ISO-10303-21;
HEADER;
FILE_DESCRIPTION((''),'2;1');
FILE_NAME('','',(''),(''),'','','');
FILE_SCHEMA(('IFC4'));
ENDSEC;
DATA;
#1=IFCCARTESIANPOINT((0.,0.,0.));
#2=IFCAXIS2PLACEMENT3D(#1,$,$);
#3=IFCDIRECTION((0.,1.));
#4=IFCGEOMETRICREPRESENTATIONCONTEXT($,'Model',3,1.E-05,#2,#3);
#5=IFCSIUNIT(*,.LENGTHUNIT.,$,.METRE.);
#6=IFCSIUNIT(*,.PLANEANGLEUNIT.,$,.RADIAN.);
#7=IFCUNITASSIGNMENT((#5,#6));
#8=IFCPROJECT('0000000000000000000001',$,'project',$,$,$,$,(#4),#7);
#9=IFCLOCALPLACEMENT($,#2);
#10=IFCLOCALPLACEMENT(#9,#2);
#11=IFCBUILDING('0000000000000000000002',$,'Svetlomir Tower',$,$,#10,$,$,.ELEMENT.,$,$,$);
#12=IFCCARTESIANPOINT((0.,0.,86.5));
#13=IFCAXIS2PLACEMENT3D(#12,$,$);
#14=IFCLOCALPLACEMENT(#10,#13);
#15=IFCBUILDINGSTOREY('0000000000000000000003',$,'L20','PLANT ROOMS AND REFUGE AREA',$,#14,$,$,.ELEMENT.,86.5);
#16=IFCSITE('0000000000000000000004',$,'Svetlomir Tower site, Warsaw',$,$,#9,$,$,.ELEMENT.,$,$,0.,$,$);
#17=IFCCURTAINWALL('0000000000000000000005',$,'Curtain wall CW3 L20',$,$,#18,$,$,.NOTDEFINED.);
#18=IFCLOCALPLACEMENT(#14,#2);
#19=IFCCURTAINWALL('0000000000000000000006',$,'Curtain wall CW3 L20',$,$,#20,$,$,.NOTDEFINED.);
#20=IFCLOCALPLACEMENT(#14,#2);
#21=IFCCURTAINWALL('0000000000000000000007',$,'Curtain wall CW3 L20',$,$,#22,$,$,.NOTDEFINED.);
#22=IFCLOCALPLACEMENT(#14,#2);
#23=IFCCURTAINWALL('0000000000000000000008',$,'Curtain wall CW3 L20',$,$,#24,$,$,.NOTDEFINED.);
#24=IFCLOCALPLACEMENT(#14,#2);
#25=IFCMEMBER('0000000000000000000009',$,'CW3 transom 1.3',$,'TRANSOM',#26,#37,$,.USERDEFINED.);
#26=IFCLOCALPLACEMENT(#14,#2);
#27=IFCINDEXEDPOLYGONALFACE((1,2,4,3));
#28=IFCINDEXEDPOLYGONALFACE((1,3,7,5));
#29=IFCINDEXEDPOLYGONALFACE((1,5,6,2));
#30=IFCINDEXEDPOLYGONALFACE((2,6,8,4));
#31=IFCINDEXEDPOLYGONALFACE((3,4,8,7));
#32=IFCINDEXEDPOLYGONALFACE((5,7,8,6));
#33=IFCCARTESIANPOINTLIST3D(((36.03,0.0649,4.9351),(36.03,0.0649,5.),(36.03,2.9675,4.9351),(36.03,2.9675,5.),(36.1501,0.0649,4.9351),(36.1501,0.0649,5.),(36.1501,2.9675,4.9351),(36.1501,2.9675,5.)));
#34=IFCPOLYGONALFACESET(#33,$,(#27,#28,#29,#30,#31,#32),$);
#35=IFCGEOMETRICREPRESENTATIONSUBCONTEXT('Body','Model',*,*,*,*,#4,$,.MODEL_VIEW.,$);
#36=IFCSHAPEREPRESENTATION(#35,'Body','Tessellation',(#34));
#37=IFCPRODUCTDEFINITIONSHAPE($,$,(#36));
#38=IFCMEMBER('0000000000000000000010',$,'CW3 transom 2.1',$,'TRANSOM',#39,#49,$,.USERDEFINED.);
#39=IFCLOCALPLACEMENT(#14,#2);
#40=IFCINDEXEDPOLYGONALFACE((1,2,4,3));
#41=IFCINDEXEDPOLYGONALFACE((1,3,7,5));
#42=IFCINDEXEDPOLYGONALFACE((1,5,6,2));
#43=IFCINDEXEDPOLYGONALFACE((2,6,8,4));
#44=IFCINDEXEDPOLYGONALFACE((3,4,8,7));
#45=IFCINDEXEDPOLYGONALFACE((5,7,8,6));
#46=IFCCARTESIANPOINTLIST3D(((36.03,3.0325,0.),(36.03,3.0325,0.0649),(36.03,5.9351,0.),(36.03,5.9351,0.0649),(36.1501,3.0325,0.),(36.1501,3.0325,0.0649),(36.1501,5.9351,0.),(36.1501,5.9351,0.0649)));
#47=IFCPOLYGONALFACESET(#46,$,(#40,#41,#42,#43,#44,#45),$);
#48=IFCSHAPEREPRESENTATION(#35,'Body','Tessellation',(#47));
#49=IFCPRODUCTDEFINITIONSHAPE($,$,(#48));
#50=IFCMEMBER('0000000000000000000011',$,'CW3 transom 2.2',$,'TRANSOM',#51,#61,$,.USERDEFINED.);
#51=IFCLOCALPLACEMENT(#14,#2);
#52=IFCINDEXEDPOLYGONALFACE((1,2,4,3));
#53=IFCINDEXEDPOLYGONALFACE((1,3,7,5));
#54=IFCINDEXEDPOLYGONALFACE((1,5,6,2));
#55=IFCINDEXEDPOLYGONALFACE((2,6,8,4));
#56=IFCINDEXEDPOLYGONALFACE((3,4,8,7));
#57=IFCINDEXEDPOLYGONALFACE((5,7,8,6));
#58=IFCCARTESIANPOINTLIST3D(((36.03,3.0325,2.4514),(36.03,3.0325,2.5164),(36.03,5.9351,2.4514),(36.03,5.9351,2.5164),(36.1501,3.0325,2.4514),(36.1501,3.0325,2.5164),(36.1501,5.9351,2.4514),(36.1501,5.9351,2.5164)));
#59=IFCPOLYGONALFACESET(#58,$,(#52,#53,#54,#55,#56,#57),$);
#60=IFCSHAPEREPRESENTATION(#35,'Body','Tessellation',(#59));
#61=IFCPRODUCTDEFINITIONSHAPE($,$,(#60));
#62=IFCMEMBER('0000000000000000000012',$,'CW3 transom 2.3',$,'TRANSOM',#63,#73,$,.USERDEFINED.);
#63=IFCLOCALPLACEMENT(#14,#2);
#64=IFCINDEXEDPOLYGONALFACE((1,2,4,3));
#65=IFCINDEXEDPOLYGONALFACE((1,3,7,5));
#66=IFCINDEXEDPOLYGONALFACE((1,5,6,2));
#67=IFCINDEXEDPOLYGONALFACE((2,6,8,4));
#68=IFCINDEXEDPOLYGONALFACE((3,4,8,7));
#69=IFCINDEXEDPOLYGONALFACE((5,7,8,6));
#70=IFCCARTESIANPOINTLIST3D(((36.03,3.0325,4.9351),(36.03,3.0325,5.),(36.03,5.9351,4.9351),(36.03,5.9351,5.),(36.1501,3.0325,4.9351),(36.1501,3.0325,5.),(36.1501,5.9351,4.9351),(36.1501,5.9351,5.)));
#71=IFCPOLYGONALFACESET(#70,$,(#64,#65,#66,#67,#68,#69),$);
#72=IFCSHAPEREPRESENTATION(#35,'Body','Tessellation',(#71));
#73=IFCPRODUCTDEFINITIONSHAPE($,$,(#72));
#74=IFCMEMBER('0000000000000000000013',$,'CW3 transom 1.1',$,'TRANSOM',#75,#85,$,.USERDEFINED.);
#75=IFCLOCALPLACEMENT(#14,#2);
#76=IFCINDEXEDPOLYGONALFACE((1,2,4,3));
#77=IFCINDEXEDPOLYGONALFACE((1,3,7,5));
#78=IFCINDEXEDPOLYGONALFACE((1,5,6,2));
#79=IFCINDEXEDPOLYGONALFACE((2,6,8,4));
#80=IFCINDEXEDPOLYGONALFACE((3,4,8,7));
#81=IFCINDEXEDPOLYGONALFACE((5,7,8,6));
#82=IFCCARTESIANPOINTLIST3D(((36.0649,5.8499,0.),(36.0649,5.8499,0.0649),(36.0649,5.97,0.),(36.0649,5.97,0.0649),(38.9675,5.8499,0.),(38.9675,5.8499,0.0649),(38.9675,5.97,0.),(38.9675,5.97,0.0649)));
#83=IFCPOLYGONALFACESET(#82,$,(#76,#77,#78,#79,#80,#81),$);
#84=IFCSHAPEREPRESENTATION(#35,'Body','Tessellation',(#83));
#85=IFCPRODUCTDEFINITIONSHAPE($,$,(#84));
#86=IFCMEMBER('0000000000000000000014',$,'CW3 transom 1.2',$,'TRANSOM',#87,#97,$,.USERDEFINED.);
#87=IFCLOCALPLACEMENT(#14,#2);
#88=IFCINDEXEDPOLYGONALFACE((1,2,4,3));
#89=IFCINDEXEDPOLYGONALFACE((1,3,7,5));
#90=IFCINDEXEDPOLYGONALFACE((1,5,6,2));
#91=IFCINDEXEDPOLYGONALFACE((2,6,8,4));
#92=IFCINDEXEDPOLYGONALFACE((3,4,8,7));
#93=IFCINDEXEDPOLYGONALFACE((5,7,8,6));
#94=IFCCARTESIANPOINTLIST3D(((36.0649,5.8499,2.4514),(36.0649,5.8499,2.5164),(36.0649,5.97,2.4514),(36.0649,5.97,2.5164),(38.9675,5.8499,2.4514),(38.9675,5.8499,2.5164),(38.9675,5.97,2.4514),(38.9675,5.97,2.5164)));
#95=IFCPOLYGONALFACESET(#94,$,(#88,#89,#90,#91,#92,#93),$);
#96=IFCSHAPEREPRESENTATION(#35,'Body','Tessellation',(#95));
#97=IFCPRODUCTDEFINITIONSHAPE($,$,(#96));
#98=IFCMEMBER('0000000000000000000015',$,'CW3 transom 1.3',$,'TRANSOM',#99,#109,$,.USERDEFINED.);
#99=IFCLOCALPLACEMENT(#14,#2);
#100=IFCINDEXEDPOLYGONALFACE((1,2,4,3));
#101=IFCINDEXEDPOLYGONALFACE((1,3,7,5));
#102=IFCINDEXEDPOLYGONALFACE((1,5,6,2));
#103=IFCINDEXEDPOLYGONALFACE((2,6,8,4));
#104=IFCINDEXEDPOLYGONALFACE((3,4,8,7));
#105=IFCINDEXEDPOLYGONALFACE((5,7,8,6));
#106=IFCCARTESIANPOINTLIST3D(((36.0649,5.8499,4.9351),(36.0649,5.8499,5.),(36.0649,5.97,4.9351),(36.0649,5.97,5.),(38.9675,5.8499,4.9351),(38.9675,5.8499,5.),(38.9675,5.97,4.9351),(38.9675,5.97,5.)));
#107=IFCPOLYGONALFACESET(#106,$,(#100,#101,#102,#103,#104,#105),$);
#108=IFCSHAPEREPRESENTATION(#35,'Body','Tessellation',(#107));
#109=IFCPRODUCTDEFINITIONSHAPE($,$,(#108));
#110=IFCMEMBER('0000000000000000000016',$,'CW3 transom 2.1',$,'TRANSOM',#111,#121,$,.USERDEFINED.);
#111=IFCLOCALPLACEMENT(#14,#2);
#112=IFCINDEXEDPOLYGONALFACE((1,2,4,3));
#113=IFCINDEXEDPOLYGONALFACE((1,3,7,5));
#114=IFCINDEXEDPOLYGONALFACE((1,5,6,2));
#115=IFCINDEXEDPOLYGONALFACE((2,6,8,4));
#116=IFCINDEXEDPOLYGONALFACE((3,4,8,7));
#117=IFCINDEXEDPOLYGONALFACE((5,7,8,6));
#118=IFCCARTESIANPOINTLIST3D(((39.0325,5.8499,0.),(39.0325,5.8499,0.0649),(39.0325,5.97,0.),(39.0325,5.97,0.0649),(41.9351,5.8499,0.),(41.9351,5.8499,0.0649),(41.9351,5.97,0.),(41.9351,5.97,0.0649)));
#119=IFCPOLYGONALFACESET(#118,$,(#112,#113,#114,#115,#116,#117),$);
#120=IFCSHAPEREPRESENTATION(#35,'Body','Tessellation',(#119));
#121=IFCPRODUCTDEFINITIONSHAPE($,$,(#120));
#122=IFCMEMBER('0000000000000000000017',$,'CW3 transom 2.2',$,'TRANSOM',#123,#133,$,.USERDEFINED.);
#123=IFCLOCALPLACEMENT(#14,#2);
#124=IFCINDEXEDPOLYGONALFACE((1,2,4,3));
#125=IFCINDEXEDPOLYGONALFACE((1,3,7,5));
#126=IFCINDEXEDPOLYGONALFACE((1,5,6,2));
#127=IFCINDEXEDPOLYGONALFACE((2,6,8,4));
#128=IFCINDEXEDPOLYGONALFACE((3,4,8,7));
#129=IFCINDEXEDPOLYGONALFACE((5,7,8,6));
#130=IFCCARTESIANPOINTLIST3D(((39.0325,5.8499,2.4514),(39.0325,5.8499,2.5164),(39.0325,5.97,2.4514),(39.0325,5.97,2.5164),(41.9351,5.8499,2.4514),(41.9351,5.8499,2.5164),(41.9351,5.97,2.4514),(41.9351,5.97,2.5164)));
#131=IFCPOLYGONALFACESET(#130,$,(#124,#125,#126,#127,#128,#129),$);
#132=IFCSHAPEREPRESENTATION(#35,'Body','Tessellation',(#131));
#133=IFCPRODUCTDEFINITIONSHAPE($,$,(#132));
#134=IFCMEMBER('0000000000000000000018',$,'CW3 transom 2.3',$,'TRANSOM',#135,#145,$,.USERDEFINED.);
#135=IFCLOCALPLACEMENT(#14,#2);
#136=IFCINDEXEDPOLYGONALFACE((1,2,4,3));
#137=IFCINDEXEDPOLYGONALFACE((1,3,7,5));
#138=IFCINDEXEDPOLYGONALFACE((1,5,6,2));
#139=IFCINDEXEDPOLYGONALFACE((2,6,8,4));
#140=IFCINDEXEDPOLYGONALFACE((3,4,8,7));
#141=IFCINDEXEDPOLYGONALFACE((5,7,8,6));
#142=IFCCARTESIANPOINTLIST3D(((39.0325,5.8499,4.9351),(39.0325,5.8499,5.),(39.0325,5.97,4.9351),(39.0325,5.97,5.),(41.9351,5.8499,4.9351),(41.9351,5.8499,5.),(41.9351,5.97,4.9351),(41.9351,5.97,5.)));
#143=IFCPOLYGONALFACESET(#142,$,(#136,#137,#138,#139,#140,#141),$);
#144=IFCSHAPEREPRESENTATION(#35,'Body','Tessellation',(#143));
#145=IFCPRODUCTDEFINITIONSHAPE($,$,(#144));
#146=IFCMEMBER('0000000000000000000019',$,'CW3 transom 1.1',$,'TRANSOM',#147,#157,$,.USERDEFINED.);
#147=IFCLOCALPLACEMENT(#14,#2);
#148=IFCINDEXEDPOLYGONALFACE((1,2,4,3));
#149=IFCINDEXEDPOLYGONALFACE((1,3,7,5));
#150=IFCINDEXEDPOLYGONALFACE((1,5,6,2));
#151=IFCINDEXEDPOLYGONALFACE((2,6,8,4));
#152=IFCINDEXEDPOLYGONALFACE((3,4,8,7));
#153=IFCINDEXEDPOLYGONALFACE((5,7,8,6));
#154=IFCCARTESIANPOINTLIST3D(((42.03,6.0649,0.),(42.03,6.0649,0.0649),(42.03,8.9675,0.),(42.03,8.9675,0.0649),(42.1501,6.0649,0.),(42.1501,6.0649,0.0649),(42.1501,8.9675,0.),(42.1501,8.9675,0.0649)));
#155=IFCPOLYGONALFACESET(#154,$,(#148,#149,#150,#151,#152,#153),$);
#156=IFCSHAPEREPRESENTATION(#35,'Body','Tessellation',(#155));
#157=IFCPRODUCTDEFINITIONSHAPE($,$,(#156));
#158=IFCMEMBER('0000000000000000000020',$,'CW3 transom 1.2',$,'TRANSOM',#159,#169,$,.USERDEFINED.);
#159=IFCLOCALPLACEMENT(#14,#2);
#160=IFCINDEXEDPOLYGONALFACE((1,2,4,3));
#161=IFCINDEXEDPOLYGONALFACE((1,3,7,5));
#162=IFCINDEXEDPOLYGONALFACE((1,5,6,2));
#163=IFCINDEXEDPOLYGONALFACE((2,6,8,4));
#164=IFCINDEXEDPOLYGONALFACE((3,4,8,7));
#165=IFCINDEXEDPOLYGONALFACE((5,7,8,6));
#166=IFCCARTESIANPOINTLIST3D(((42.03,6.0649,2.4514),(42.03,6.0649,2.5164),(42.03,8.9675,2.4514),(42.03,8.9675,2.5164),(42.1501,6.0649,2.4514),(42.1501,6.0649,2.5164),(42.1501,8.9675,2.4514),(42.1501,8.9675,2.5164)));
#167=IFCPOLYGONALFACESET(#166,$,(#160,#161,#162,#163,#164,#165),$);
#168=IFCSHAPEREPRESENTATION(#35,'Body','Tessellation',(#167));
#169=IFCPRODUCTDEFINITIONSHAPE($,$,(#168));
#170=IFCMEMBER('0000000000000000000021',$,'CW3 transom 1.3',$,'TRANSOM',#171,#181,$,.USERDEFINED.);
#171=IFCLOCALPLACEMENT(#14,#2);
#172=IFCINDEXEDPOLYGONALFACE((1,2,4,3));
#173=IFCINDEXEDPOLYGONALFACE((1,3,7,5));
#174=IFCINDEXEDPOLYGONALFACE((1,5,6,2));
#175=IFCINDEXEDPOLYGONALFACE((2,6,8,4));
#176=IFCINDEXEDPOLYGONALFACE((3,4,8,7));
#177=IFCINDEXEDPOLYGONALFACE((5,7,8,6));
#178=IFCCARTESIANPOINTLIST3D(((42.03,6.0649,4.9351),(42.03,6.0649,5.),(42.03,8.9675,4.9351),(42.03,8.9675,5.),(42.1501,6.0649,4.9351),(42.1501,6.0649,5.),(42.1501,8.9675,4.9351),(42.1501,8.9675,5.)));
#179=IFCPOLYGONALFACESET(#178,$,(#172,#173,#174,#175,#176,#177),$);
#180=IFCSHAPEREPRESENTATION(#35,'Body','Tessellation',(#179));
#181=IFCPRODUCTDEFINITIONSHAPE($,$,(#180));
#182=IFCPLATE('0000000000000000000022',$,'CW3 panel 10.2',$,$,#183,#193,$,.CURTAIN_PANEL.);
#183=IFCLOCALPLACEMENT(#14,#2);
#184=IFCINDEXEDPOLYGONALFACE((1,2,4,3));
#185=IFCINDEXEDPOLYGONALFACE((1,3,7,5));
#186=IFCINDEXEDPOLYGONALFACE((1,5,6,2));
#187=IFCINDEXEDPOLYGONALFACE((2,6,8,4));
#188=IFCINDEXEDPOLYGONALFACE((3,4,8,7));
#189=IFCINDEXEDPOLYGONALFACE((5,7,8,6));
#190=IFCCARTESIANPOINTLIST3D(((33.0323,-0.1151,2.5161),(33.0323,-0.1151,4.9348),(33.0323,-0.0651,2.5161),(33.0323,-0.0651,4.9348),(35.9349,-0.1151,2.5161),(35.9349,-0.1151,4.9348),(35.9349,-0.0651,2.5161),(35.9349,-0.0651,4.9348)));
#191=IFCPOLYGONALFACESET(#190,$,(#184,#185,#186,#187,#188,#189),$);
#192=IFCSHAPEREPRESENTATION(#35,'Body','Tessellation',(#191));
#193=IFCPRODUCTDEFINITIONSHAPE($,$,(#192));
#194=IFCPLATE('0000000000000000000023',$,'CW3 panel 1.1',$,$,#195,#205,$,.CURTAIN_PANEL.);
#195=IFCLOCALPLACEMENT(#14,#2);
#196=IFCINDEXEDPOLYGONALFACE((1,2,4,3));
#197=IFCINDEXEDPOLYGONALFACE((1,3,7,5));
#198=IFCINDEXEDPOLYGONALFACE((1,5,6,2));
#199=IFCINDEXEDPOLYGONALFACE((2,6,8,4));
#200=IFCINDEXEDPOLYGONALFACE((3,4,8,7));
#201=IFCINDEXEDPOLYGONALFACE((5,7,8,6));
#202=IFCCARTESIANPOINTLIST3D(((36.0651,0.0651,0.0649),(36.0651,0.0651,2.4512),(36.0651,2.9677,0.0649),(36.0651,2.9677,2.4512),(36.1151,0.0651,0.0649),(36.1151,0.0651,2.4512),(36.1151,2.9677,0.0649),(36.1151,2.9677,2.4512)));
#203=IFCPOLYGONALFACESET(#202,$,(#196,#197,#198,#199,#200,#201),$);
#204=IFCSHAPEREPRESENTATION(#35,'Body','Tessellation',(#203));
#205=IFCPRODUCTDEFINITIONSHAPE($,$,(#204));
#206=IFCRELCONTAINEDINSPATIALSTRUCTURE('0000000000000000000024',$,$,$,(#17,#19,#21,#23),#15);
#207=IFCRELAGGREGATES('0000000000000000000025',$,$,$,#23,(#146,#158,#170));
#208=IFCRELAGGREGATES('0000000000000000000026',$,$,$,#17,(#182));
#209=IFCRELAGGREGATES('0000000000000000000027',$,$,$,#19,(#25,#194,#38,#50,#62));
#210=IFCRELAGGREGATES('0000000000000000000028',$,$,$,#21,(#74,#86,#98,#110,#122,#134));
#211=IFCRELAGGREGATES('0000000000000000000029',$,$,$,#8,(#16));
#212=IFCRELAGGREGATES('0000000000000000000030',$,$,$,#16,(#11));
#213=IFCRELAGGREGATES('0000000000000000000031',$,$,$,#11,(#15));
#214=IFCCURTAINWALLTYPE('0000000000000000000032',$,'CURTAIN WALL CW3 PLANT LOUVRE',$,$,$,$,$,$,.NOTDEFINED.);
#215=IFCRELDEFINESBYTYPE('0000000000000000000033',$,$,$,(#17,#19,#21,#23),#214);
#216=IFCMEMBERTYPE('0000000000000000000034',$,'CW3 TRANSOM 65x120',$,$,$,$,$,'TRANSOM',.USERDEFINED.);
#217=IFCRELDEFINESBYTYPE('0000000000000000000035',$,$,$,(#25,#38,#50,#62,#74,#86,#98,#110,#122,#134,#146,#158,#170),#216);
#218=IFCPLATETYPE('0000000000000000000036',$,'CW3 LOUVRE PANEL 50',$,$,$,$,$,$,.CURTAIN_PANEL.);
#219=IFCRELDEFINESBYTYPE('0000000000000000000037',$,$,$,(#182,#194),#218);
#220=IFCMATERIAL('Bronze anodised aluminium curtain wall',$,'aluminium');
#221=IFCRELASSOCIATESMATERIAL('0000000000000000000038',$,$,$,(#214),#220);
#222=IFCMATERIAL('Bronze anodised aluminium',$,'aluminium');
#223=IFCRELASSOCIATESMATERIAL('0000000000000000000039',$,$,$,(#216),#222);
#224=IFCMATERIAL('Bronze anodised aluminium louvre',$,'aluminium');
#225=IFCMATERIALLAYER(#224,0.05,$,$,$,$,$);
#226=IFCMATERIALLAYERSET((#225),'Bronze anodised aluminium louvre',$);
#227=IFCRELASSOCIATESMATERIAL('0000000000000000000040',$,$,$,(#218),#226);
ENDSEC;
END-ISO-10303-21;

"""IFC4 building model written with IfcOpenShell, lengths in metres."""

from ifc_helpers import new_model, si_unit, direction, frame, origin, origin_2d, place, context, subcontext, project, spatial, rectangle, extrude, material, layer, layer_set, material_profile, profile_set, type_object, element, aggregate, save


model = new_model("IFC4")

# Units and contexts
model_context = context("Model", 3, precision=1e-05, world=origin(), true_north=direction((0.0, 1.0)))
body_context = subcontext(model_context, "Body", "Model", "MODEL_VIEW")
ifc_project = project(units=[si_unit("LENGTHUNIT", "METRE"), si_unit("PLANEANGLEUNIT", "RADIAN")], contexts=[model_context])

# Site, building, storey
site_placement = place(None, origin())
site = spatial("IfcSite", under=ifc_project, at=site_placement, Name="Svetlomir Tower site, Warsaw", CompositionType="ELEMENT", RefElevation=0.0)
building_placement = place(site_placement, origin())
building = spatial("IfcBuilding", under=site, at=building_placement, Name="Svetlomir Tower", CompositionType="ELEMENT")
storey_placement = place(building_placement, frame((0.0, 0.0, 86.5)))
storey = spatial("IfcBuildingStorey", under=building, at=storey_placement, Name="L20", Description="PLANT ROOMS AND REFUGE AREA", CompositionType="ELEMENT", Elevation=86.5)

# Curtain wall
ifc_material_1 = material(Name="Bronze anodised aluminium curtain wall", Category="aluminium")
curtain_wall_type = type_object("IfcCurtainWallType", Name="CURTAIN WALL CW3 PLANT LOUVRE", PredefinedType="NOTDEFINED", material=ifc_material_1)
curtain_wall_1_placement = place(storey_placement, origin())
curtain_wall_1 = element("IfcCurtainWall", 1, at=curtain_wall_1_placement, inside=storey, type_object=curtain_wall_type, Name="Curtain wall CW3 L20", PredefinedType="NOTDEFINED")

# Curtain walls
curtain_wall_2_placement = place(storey_placement, origin())
curtain_wall_2 = element("IfcCurtainWall", 2, at=curtain_wall_2_placement, inside=storey, type_object=curtain_wall_type, Name="Curtain wall CW3 L20", PredefinedType="NOTDEFINED")
curtain_wall_3_placement = place(storey_placement, origin())
curtain_wall_3 = element("IfcCurtainWall", 3, at=curtain_wall_3_placement, inside=storey, type_object=curtain_wall_type, Name="Curtain wall CW3 L20", PredefinedType="NOTDEFINED")

# Curtain wall
curtain_wall_4_placement = place(storey_placement, origin())
curtain_wall_4 = element("IfcCurtainWall", 4, at=curtain_wall_4_placement, inside=storey, type_object=curtain_wall_type, Name="Curtain wall CW3 L20", PredefinedType="NOTDEFINED")

# Members
ifc_material_2 = material(Name="Bronze anodised aluminium", Category="aluminium")
ifc_material_profile_1 = material_profile(ifc_material_2, rectangle(XDim=0.1201, YDim=0.0649, at=origin_2d()), Name="AL 120x65")
ifc_profile_set_1 = profile_set([ifc_material_profile_1], Name="Bronze anodised aluminium 6063-T6")
member_type_1 = type_object("IfcMemberType", Name="CW3 TRANSOM 65x120", ElementType="TRANSOM", PredefinedType="USERDEFINED", material=ifc_profile_set_1)
member_1_placement = place(storey_placement, frame((36.0901, 0.0649, 4.9675), z_axis=(0.0, 1.0, 0.0), x_axis=(-1.0, 0.0, 0.0)))
member_1 = element("IfcMember", 5, at=member_1_placement, type_object=member_type_1, Name="CW3 transom 1.3", ObjectType="TRANSOM", PredefinedType="USERDEFINED", context=body_context, shape_type="SweptSolid", body=[
    extrude(rectangle(XDim=0.1201, YDim=0.0649, at=origin_2d()), origin(), (0.0, 0.0, 1.0), 2.9026),
])
member_2_placement = place(storey_placement, frame((36.0901, 3.0325, 0.0325), z_axis=(0.0, 1.0, 0.0), x_axis=(-1.0, 0.0, 0.0)))
member_2 = element("IfcMember", 6, at=member_2_placement, type_object=member_type_1, Name="CW3 transom 2.1", ObjectType="TRANSOM", PredefinedType="USERDEFINED", context=body_context, shape_type="SweptSolid", body=[
    extrude(rectangle(XDim=0.1201, YDim=0.0649, at=origin_2d()), origin(), (0.0, 0.0, 1.0), 2.9026),
])
member_3_placement = place(storey_placement, frame((36.0901, 3.0325, 2.4839), z_axis=(0.0, 1.0, 0.0), x_axis=(-1.0, 0.0, 0.0)))
member_3 = element("IfcMember", 7, at=member_3_placement, type_object=member_type_1, Name="CW3 transom 2.2", ObjectType="TRANSOM", PredefinedType="USERDEFINED", context=body_context, shape_type="SweptSolid", body=[
    extrude(rectangle(XDim=0.1201, YDim=0.0649, at=origin_2d()), origin(), (0.0, 0.0, 1.0), 2.9026),
])
member_4_placement = place(storey_placement, frame((36.0901, 3.0325, 4.9675), z_axis=(0.0, 1.0, 0.0), x_axis=(-1.0, 0.0, 0.0)))
member_4 = element("IfcMember", 8, at=member_4_placement, type_object=member_type_1, Name="CW3 transom 2.3", ObjectType="TRANSOM", PredefinedType="USERDEFINED", context=body_context, shape_type="SweptSolid", body=[
    extrude(rectangle(XDim=0.1201, YDim=0.0649, at=origin_2d()), origin(), (0.0, 0.0, 1.0), 2.9026),
])
member_5_placement = place(storey_placement, frame((36.0649, 5.9099, 0.0325), z_axis=(1.0, 0.0, 0.0), x_axis=(0.0, 1.0, 0.0)))
member_5 = element("IfcMember", 9, at=member_5_placement, type_object=member_type_1, Name="CW3 transom 1.1", ObjectType="TRANSOM", PredefinedType="USERDEFINED", context=body_context, shape_type="SweptSolid", body=[
    extrude(rectangle(XDim=0.1201, YDim=0.0649, at=origin_2d()), origin(), (0.0, 0.0, 1.0), 2.9026),
])
member_6_placement = place(storey_placement, frame((36.0649, 5.9099, 2.4839), z_axis=(1.0, 0.0, 0.0), x_axis=(0.0, 1.0, 0.0)))
member_6 = element("IfcMember", 10, at=member_6_placement, type_object=member_type_1, Name="CW3 transom 1.2", ObjectType="TRANSOM", PredefinedType="USERDEFINED", context=body_context, shape_type="SweptSolid", body=[
    extrude(rectangle(XDim=0.1201, YDim=0.0649, at=origin_2d()), origin(), (0.0, 0.0, 1.0), 2.9026),
])
member_7_placement = place(storey_placement, frame((36.0649, 5.9099, 4.9675), z_axis=(1.0, 0.0, 0.0), x_axis=(0.0, 1.0, 0.0)))
member_7 = element("IfcMember", 11, at=member_7_placement, type_object=member_type_1, Name="CW3 transom 1.3", ObjectType="TRANSOM", PredefinedType="USERDEFINED", context=body_context, shape_type="SweptSolid", body=[
    extrude(rectangle(XDim=0.1201, YDim=0.0649, at=origin_2d()), origin(), (0.0, 0.0, 1.0), 2.9026),
])
member_8_placement = place(storey_placement, frame((39.0325, 5.9099, 0.0325), z_axis=(1.0, 0.0, 0.0), x_axis=(0.0, 1.0, 0.0)))
member_8 = element("IfcMember", 12, at=member_8_placement, type_object=member_type_1, Name="CW3 transom 2.1", ObjectType="TRANSOM", PredefinedType="USERDEFINED", context=body_context, shape_type="SweptSolid", body=[
    extrude(rectangle(XDim=0.1201, YDim=0.0649, at=origin_2d()), origin(), (0.0, 0.0, 1.0), 2.9026),
])
member_9_placement = place(storey_placement, frame((39.0325, 5.9099, 2.4839), z_axis=(1.0, 0.0, 0.0), x_axis=(0.0, 1.0, 0.0)))
member_9 = element("IfcMember", 13, at=member_9_placement, type_object=member_type_1, Name="CW3 transom 2.2", ObjectType="TRANSOM", PredefinedType="USERDEFINED", context=body_context, shape_type="SweptSolid", body=[
    extrude(rectangle(XDim=0.1201, YDim=0.0649, at=origin_2d()), origin(), (0.0, 0.0, 1.0), 2.9026),
])
member_10_placement = place(storey_placement, frame((39.0325, 5.9099, 4.9675), z_axis=(1.0, 0.0, 0.0), x_axis=(0.0, 1.0, 0.0)))
member_10 = element("IfcMember", 14, at=member_10_placement, type_object=member_type_1, Name="CW3 transom 2.3", ObjectType="TRANSOM", PredefinedType="USERDEFINED", context=body_context, shape_type="SweptSolid", body=[
    extrude(rectangle(XDim=0.1201, YDim=0.0649, at=origin_2d()), origin(), (0.0, 0.0, 1.0), 2.9026),
])
member_11_placement = place(storey_placement, frame((42.0901, 6.0649, 0.0325), z_axis=(0.0, 1.0, 0.0), x_axis=(-1.0, 0.0, 0.0)))
member_11 = element("IfcMember", 15, at=member_11_placement, type_object=member_type_1, Name="CW3 transom 1.1", ObjectType="TRANSOM", PredefinedType="USERDEFINED", context=body_context, shape_type="SweptSolid", body=[
    extrude(rectangle(XDim=0.1201, YDim=0.0649, at=origin_2d()), origin(), (0.0, 0.0, 1.0), 2.9026),
])
member_12_placement = place(storey_placement, frame((42.0901, 6.0649, 2.4839), z_axis=(0.0, 1.0, 0.0), x_axis=(-1.0, 0.0, 0.0)))
member_12 = element("IfcMember", 16, at=member_12_placement, type_object=member_type_1, Name="CW3 transom 1.2", ObjectType="TRANSOM", PredefinedType="USERDEFINED", context=body_context, shape_type="SweptSolid", body=[
    extrude(rectangle(XDim=0.1201, YDim=0.0649, at=origin_2d()), origin(), (0.0, 0.0, 1.0), 2.9026),
])
member_13_placement = place(storey_placement, frame((42.0901, 6.0649, 4.9675), z_axis=(0.0, 1.0, 0.0), x_axis=(-1.0, 0.0, 0.0)))
member_13 = element("IfcMember", 17, at=member_13_placement, type_object=member_type_1, Name="CW3 transom 1.3", ObjectType="TRANSOM", PredefinedType="USERDEFINED", context=body_context, shape_type="SweptSolid", body=[
    extrude(rectangle(XDim=0.1201, YDim=0.0649, at=origin_2d()), origin(), (0.0, 0.0, 1.0), 2.9026),
])
aggregate(curtain_wall_4, [member_11, member_12, member_13])

# Plates
ifc_material_3 = material(Name="Bronze anodised aluminium louvre", Category="aluminium")
ifc_layer = layer(ifc_material_3, 0.05)
ifc_layer_set = layer_set([ifc_layer], Name="Bronze anodised aluminium louvre")
plate_type = type_object("IfcPlateType", Name="CW3 LOUVRE PANEL 50", PredefinedType="CURTAIN_PANEL", material=ifc_layer_set)
plate_1_placement = place(storey_placement, frame((34.4836, -0.0901, 2.5161), z_axis=(0.0, 0.0, 1.0), x_axis=(1.0, 0.0, 0.0)))
plate_1 = element("IfcPlate", 18, at=plate_1_placement, type_object=plate_type, Name="CW3 panel 10.2", PredefinedType="CURTAIN_PANEL", context=body_context, shape_type="SweptSolid", body=[
    extrude(rectangle(XDim=2.9026, YDim=0.05, at=origin_2d()), origin(), (0.0, 0.0, 1.0), 2.4187),
])
aggregate(curtain_wall_1, [plate_1])
plate_2_placement = place(storey_placement, frame((36.0901, 1.5164, 0.0649), z_axis=(0.0, 0.0, 1.0), x_axis=(0.0, 1.0, 0.0)))
plate_2 = element("IfcPlate", 19, at=plate_2_placement, type_object=plate_type, Name="CW3 panel 1.1", PredefinedType="CURTAIN_PANEL", context=body_context, shape_type="SweptSolid", body=[
    extrude(rectangle(XDim=2.9026, YDim=0.05, at=origin_2d()), origin(), (0.0, 0.0, 1.0), 2.3862),
])
aggregate(curtain_wall_2, [member_1, plate_2, member_2, member_3, member_4])
aggregate(curtain_wall_3, [member_5, member_6, member_7, member_8, member_9, member_10])

save(model, "model.ifc")
